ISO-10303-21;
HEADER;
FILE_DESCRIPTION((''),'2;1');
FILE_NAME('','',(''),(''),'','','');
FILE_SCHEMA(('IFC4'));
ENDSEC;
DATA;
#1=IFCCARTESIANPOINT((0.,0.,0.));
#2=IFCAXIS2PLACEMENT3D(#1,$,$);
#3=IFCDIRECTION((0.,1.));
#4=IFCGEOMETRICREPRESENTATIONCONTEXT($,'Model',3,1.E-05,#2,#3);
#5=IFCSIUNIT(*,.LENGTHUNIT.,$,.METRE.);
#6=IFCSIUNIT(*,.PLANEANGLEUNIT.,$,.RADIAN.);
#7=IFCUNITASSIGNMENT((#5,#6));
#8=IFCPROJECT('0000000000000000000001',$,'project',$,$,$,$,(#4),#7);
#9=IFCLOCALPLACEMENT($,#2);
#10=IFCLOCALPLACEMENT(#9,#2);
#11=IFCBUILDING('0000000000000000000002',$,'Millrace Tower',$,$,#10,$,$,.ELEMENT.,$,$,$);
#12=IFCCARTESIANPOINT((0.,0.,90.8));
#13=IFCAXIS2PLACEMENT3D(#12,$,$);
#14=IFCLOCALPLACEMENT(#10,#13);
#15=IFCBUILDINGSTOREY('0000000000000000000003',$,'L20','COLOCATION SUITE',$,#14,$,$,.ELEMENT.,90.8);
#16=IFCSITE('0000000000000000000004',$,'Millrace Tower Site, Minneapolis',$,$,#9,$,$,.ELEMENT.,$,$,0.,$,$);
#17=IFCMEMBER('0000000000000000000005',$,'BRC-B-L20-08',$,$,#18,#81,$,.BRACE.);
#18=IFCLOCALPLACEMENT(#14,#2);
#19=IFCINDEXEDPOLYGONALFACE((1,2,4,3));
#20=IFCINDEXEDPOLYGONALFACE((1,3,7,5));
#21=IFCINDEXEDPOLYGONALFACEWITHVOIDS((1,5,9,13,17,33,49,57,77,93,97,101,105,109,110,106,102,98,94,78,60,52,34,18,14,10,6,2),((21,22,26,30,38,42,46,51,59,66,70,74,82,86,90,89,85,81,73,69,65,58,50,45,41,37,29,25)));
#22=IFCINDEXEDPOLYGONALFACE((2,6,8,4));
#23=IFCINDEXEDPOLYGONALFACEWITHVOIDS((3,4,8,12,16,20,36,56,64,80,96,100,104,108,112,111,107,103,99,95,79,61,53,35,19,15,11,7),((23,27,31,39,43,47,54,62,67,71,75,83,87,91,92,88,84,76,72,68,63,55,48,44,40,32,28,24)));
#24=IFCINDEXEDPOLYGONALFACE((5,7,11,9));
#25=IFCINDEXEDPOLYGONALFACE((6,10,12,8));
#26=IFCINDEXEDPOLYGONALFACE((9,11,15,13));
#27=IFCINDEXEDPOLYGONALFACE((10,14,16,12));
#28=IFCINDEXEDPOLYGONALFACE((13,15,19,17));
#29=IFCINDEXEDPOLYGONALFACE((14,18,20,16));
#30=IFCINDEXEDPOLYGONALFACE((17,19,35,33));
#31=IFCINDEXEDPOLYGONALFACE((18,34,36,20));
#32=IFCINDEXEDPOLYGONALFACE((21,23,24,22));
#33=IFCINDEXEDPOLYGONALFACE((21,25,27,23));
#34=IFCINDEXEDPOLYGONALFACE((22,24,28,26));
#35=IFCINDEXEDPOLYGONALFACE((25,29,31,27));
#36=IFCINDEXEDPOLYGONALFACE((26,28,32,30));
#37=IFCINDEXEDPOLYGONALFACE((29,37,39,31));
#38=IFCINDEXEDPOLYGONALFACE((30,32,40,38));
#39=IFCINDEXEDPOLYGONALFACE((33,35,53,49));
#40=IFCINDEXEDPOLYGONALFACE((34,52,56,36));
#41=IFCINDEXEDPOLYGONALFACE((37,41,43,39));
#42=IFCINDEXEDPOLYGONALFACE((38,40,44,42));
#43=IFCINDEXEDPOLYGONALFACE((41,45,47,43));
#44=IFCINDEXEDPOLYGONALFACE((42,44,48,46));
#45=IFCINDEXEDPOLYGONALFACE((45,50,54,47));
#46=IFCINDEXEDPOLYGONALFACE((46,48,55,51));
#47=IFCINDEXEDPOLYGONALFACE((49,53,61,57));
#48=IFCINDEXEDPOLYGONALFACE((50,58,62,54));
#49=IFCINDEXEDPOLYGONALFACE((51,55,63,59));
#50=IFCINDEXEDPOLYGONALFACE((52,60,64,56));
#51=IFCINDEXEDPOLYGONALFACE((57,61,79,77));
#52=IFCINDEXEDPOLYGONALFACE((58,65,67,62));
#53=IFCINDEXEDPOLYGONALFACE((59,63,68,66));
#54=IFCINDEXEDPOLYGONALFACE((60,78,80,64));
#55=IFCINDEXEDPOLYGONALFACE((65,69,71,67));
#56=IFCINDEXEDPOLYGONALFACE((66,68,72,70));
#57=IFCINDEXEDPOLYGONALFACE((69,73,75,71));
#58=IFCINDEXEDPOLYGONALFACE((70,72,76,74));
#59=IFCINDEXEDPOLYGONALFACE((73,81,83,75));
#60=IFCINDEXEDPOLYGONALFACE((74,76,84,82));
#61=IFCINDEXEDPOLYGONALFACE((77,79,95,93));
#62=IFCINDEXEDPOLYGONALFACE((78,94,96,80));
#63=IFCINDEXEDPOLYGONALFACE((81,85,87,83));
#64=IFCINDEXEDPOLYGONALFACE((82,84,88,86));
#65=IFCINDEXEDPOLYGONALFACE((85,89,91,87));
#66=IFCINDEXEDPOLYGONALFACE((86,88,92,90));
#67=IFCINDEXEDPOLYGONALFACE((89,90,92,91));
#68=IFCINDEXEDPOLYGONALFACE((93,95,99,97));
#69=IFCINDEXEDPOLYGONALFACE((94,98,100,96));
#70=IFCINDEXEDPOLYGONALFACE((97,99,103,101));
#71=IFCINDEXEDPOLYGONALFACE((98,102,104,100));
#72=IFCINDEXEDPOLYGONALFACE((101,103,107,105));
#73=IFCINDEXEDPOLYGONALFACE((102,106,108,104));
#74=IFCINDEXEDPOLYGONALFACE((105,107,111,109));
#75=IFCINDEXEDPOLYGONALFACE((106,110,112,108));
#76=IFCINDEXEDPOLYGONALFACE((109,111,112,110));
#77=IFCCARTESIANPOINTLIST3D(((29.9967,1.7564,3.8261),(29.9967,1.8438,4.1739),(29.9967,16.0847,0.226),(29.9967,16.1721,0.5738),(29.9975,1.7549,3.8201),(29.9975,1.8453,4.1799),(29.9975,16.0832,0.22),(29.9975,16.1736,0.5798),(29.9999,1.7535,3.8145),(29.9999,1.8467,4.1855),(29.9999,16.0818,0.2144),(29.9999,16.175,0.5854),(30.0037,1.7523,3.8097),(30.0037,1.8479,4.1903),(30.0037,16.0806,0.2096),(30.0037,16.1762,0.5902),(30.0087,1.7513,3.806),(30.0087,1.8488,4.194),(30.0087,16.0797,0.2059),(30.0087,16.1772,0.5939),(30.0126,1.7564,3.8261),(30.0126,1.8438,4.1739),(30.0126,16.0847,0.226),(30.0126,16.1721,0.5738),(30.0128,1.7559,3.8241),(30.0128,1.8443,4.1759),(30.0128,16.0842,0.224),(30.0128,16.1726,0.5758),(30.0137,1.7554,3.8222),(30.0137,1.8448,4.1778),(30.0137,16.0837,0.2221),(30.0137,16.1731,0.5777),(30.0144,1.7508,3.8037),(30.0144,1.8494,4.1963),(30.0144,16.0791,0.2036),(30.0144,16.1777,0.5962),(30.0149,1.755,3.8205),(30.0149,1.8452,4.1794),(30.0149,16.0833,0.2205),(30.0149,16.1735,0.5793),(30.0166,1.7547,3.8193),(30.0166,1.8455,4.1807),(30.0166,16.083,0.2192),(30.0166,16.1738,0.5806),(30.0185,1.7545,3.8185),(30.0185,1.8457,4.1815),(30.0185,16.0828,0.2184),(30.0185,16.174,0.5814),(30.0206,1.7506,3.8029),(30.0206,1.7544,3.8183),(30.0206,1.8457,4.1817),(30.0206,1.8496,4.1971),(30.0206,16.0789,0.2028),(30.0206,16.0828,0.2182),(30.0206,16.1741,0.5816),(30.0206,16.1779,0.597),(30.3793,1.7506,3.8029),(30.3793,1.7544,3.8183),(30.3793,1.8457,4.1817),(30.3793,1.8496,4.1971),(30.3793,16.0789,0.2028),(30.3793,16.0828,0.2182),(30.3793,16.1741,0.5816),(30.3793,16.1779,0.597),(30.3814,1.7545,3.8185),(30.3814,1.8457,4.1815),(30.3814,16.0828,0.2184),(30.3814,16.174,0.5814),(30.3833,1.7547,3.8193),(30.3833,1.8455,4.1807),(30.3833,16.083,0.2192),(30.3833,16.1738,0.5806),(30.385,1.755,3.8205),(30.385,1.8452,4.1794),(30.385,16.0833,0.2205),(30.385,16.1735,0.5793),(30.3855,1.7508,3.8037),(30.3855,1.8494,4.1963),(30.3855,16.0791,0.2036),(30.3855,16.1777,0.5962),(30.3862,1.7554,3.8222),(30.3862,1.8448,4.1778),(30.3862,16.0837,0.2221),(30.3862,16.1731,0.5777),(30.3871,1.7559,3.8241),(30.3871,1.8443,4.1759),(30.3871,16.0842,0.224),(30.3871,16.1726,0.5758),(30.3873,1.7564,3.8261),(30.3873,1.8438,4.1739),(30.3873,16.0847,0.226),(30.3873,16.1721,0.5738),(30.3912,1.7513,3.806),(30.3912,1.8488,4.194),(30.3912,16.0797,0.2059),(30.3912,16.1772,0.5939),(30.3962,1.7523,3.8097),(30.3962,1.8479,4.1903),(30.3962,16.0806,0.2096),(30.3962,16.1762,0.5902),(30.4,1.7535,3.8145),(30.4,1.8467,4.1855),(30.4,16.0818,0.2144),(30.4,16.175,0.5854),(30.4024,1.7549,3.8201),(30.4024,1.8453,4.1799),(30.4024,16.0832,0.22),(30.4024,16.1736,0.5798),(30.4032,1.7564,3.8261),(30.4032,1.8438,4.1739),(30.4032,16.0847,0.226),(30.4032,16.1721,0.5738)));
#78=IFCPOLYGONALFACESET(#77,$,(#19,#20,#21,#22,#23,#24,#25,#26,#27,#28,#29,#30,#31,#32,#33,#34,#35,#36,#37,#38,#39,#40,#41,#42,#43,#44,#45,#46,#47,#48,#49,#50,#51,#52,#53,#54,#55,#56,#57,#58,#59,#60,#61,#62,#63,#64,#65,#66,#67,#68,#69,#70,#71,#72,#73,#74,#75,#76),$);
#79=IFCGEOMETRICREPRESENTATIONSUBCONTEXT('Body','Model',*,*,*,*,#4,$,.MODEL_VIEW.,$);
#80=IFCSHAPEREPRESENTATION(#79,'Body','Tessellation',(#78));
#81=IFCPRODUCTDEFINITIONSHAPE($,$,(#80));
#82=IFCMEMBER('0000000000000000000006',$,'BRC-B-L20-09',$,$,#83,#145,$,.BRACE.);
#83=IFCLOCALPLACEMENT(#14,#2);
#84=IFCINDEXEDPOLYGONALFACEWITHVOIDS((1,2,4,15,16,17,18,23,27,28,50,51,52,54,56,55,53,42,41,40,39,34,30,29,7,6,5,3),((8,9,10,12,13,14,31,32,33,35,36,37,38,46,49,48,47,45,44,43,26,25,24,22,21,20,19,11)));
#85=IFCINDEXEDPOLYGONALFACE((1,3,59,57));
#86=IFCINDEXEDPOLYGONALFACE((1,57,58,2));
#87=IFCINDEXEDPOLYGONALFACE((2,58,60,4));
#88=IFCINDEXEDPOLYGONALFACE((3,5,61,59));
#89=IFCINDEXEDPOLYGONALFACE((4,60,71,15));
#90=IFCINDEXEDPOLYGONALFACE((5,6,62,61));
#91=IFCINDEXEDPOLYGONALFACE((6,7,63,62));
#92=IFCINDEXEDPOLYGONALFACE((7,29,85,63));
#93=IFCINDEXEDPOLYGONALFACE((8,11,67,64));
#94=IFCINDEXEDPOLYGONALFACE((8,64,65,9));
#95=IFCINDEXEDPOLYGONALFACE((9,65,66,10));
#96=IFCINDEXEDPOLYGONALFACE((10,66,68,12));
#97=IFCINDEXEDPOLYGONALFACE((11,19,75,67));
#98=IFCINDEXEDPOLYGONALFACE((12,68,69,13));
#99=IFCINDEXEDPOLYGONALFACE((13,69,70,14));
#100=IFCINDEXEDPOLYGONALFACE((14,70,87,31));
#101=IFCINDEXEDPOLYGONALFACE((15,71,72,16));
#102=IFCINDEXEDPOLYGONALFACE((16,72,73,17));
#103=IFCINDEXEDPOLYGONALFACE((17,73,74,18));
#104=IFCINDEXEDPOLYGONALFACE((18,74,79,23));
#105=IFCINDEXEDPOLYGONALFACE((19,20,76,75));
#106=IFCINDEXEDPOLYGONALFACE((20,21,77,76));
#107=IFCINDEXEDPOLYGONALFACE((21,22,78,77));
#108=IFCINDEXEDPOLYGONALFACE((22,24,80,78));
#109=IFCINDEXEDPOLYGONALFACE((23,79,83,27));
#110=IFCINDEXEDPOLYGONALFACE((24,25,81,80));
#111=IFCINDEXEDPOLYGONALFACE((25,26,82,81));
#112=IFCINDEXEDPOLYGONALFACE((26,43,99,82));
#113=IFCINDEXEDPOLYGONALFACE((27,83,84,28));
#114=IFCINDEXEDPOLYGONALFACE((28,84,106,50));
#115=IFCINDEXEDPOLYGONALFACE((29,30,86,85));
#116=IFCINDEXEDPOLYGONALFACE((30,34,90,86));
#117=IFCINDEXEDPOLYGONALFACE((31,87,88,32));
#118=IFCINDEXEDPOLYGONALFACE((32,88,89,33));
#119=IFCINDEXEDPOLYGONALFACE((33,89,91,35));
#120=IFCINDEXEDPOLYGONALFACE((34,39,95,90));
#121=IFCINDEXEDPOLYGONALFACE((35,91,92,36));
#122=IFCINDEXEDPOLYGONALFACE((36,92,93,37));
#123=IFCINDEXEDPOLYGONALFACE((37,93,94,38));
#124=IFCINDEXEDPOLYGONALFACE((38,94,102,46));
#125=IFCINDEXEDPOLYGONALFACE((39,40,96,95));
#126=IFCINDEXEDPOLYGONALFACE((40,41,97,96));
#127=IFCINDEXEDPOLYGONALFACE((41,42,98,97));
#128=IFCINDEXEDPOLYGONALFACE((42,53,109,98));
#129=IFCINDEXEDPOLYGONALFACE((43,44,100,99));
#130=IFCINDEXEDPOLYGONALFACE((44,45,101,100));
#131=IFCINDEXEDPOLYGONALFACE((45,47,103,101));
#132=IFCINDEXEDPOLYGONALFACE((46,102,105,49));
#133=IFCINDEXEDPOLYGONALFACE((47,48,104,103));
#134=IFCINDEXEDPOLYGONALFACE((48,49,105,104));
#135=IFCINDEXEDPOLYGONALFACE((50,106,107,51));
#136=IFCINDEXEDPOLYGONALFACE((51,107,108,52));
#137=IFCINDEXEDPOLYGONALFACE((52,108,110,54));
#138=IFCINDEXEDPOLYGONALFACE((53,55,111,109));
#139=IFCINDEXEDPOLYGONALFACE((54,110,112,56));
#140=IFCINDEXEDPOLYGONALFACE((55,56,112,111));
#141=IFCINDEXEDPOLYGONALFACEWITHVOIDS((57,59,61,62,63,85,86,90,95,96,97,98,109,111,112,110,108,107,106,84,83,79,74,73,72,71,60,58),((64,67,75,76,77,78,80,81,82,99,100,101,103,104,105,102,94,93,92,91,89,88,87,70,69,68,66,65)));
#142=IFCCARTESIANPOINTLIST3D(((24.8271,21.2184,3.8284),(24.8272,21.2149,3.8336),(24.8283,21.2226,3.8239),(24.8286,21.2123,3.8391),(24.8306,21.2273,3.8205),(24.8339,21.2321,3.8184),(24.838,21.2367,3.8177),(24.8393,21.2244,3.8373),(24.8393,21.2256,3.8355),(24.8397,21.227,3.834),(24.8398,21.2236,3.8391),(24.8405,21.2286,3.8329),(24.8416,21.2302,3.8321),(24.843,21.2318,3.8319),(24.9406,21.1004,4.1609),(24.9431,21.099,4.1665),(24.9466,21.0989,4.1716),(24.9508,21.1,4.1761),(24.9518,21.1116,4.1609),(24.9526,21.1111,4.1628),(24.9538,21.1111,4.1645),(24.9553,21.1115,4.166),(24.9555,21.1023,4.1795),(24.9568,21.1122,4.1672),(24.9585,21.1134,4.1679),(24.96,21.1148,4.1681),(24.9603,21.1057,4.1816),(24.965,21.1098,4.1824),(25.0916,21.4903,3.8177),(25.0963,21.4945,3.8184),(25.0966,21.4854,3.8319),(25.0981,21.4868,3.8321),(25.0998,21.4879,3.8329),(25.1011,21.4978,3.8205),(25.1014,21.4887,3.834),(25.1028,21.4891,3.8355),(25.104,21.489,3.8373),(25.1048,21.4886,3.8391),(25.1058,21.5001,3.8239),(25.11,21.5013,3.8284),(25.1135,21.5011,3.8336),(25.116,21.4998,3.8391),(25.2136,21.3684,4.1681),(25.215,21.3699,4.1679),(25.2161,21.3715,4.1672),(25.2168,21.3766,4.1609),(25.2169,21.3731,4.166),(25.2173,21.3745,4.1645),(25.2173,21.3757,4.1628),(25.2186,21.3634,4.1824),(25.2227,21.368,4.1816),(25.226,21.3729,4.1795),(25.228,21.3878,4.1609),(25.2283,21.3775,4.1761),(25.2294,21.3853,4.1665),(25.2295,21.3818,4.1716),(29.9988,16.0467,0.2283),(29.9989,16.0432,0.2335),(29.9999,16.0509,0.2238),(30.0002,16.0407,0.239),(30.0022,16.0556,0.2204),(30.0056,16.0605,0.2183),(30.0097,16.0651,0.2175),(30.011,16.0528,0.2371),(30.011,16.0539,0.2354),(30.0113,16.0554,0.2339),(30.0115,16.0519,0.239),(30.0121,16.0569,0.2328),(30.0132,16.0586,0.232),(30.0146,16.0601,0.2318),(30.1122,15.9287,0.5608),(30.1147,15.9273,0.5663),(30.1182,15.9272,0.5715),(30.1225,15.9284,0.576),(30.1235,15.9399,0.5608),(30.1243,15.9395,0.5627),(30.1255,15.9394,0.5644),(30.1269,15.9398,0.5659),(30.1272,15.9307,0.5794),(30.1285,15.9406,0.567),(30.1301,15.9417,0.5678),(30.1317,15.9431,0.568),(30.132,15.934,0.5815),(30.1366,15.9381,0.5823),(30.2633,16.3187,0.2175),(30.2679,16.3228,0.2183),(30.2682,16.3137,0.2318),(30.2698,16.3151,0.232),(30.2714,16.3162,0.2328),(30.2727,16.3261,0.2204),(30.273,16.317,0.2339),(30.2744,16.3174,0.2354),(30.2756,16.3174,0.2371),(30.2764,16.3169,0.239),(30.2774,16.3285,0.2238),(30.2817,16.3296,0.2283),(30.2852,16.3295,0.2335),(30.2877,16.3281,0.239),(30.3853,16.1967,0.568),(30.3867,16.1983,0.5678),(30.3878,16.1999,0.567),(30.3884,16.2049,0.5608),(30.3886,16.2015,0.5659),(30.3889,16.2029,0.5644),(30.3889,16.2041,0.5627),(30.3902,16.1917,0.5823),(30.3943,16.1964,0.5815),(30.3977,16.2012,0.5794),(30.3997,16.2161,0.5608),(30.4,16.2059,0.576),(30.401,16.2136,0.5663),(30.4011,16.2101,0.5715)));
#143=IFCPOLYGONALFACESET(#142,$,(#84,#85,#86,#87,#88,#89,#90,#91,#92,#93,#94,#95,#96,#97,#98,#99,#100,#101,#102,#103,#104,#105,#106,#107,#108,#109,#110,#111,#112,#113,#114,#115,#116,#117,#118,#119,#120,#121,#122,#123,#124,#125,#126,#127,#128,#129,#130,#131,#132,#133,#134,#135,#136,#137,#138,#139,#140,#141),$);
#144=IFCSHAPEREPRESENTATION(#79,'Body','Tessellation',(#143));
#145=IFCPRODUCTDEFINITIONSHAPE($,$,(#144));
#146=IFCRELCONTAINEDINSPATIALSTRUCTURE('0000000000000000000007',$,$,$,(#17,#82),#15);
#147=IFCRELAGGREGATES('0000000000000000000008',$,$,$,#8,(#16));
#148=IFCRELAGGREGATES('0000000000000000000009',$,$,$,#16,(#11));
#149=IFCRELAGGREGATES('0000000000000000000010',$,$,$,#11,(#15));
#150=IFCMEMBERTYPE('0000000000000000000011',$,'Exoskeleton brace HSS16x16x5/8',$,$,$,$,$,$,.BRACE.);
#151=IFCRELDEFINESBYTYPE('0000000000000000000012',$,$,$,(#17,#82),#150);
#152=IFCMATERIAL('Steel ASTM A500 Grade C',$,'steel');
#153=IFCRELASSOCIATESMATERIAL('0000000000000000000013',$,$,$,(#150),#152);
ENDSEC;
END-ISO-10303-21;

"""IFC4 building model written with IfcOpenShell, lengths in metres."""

from ifc_helpers import new_model, si_unit, direction, frame, origin, origin_2d, place, context, subcontext, project, spatial, hollow_rectangle, extrude, material, material_profile, profile_set, type_object, element, save


model = new_model("IFC4")

# Units and contexts
model_context = context("Model", 3, precision=1e-05, world=origin(), true_north=direction((0.0, 1.0)))
body_context = subcontext(model_context, "Body", "Model", "MODEL_VIEW")
ifc_project = project(units=[si_unit("LENGTHUNIT", "METRE"), si_unit("PLANEANGLEUNIT", "RADIAN")], contexts=[model_context])

# Site, building, storey
site_placement = place(None, origin())
site = spatial("IfcSite", under=ifc_project, at=site_placement, Name="Millrace Tower Site, Minneapolis", CompositionType="ELEMENT", RefElevation=0.0)
building_placement = place(site_placement, origin())
building = spatial("IfcBuilding", under=site, at=building_placement, Name="Millrace Tower", CompositionType="ELEMENT")
storey_placement = place(building_placement, frame((0.0, 0.0, 90.8)))
storey = spatial("IfcBuildingStorey", under=building, at=storey_placement, Name="L20", Description="COLOCATION SUITE", CompositionType="ELEMENT", Elevation=90.8)

# Members
ifc_material_1 = material(Name="Steel ASTM A500 Grade C", Category="steel")
ifc_material_profile_1 = material_profile(ifc_material_1, hollow_rectangle(XDim=0.4065, YDim=0.4065, WallThickness=0.0159, InnerFilletRadius=0.0081, OuterFilletRadius=0.0239, at=origin_2d()))
ifc_profile_set_1 = profile_set([ifc_material_profile_1], Name="Steel ASTM A500 Grade C")
member_type_1 = type_object("IfcMemberType", Name="Exoskeleton brace HSS16x16x5/8", PredefinedType="BRACE", material=ifc_profile_set_1)
member_1_placement = place(storey_placement, frame((30.2, 16.1284, 0.3999), z_axis=(0.0, -0.969855, 0.243683), x_axis=(1.0, 0.0, 0.0)))
element("IfcMember", 1, at=member_1_placement, inside=storey, type_object=member_type_1, Name="BRC-B-L20-08", PredefinedType="BRACE", context=body_context, shape_type="SweptSolid", body=[
    extrude(hollow_rectangle(XDim=0.4065, YDim=0.4065, WallThickness=0.0159, InnerFilletRadius=0.0081, OuterFilletRadius=0.0239, at=origin_2d()), origin(), (0.0, 0.0, 1.0), 14.7737),
])
member_2_placement = place(storey_placement, frame((30.2, 16.1284, 0.3999), z_axis=(-0.634414, 0.634414, 0.441631), x_axis=(-0.707107, -0.707107, 0.0)))
element("IfcMember", 2, at=member_2_placement, inside=storey, type_object=member_type_1, Name="BRC-B-L20-09", PredefinedType="BRACE", context=body_context, shape_type="SweptSolid", body=[
    extrude(hollow_rectangle(XDim=0.4065, YDim=0.4065, WallThickness=0.0159, InnerFilletRadius=0.0081, OuterFilletRadius=0.0239, at=origin_2d()), origin(), (0.0, 0.0, 1.0), 8.1519),
])

save(model, "model.ifc")
